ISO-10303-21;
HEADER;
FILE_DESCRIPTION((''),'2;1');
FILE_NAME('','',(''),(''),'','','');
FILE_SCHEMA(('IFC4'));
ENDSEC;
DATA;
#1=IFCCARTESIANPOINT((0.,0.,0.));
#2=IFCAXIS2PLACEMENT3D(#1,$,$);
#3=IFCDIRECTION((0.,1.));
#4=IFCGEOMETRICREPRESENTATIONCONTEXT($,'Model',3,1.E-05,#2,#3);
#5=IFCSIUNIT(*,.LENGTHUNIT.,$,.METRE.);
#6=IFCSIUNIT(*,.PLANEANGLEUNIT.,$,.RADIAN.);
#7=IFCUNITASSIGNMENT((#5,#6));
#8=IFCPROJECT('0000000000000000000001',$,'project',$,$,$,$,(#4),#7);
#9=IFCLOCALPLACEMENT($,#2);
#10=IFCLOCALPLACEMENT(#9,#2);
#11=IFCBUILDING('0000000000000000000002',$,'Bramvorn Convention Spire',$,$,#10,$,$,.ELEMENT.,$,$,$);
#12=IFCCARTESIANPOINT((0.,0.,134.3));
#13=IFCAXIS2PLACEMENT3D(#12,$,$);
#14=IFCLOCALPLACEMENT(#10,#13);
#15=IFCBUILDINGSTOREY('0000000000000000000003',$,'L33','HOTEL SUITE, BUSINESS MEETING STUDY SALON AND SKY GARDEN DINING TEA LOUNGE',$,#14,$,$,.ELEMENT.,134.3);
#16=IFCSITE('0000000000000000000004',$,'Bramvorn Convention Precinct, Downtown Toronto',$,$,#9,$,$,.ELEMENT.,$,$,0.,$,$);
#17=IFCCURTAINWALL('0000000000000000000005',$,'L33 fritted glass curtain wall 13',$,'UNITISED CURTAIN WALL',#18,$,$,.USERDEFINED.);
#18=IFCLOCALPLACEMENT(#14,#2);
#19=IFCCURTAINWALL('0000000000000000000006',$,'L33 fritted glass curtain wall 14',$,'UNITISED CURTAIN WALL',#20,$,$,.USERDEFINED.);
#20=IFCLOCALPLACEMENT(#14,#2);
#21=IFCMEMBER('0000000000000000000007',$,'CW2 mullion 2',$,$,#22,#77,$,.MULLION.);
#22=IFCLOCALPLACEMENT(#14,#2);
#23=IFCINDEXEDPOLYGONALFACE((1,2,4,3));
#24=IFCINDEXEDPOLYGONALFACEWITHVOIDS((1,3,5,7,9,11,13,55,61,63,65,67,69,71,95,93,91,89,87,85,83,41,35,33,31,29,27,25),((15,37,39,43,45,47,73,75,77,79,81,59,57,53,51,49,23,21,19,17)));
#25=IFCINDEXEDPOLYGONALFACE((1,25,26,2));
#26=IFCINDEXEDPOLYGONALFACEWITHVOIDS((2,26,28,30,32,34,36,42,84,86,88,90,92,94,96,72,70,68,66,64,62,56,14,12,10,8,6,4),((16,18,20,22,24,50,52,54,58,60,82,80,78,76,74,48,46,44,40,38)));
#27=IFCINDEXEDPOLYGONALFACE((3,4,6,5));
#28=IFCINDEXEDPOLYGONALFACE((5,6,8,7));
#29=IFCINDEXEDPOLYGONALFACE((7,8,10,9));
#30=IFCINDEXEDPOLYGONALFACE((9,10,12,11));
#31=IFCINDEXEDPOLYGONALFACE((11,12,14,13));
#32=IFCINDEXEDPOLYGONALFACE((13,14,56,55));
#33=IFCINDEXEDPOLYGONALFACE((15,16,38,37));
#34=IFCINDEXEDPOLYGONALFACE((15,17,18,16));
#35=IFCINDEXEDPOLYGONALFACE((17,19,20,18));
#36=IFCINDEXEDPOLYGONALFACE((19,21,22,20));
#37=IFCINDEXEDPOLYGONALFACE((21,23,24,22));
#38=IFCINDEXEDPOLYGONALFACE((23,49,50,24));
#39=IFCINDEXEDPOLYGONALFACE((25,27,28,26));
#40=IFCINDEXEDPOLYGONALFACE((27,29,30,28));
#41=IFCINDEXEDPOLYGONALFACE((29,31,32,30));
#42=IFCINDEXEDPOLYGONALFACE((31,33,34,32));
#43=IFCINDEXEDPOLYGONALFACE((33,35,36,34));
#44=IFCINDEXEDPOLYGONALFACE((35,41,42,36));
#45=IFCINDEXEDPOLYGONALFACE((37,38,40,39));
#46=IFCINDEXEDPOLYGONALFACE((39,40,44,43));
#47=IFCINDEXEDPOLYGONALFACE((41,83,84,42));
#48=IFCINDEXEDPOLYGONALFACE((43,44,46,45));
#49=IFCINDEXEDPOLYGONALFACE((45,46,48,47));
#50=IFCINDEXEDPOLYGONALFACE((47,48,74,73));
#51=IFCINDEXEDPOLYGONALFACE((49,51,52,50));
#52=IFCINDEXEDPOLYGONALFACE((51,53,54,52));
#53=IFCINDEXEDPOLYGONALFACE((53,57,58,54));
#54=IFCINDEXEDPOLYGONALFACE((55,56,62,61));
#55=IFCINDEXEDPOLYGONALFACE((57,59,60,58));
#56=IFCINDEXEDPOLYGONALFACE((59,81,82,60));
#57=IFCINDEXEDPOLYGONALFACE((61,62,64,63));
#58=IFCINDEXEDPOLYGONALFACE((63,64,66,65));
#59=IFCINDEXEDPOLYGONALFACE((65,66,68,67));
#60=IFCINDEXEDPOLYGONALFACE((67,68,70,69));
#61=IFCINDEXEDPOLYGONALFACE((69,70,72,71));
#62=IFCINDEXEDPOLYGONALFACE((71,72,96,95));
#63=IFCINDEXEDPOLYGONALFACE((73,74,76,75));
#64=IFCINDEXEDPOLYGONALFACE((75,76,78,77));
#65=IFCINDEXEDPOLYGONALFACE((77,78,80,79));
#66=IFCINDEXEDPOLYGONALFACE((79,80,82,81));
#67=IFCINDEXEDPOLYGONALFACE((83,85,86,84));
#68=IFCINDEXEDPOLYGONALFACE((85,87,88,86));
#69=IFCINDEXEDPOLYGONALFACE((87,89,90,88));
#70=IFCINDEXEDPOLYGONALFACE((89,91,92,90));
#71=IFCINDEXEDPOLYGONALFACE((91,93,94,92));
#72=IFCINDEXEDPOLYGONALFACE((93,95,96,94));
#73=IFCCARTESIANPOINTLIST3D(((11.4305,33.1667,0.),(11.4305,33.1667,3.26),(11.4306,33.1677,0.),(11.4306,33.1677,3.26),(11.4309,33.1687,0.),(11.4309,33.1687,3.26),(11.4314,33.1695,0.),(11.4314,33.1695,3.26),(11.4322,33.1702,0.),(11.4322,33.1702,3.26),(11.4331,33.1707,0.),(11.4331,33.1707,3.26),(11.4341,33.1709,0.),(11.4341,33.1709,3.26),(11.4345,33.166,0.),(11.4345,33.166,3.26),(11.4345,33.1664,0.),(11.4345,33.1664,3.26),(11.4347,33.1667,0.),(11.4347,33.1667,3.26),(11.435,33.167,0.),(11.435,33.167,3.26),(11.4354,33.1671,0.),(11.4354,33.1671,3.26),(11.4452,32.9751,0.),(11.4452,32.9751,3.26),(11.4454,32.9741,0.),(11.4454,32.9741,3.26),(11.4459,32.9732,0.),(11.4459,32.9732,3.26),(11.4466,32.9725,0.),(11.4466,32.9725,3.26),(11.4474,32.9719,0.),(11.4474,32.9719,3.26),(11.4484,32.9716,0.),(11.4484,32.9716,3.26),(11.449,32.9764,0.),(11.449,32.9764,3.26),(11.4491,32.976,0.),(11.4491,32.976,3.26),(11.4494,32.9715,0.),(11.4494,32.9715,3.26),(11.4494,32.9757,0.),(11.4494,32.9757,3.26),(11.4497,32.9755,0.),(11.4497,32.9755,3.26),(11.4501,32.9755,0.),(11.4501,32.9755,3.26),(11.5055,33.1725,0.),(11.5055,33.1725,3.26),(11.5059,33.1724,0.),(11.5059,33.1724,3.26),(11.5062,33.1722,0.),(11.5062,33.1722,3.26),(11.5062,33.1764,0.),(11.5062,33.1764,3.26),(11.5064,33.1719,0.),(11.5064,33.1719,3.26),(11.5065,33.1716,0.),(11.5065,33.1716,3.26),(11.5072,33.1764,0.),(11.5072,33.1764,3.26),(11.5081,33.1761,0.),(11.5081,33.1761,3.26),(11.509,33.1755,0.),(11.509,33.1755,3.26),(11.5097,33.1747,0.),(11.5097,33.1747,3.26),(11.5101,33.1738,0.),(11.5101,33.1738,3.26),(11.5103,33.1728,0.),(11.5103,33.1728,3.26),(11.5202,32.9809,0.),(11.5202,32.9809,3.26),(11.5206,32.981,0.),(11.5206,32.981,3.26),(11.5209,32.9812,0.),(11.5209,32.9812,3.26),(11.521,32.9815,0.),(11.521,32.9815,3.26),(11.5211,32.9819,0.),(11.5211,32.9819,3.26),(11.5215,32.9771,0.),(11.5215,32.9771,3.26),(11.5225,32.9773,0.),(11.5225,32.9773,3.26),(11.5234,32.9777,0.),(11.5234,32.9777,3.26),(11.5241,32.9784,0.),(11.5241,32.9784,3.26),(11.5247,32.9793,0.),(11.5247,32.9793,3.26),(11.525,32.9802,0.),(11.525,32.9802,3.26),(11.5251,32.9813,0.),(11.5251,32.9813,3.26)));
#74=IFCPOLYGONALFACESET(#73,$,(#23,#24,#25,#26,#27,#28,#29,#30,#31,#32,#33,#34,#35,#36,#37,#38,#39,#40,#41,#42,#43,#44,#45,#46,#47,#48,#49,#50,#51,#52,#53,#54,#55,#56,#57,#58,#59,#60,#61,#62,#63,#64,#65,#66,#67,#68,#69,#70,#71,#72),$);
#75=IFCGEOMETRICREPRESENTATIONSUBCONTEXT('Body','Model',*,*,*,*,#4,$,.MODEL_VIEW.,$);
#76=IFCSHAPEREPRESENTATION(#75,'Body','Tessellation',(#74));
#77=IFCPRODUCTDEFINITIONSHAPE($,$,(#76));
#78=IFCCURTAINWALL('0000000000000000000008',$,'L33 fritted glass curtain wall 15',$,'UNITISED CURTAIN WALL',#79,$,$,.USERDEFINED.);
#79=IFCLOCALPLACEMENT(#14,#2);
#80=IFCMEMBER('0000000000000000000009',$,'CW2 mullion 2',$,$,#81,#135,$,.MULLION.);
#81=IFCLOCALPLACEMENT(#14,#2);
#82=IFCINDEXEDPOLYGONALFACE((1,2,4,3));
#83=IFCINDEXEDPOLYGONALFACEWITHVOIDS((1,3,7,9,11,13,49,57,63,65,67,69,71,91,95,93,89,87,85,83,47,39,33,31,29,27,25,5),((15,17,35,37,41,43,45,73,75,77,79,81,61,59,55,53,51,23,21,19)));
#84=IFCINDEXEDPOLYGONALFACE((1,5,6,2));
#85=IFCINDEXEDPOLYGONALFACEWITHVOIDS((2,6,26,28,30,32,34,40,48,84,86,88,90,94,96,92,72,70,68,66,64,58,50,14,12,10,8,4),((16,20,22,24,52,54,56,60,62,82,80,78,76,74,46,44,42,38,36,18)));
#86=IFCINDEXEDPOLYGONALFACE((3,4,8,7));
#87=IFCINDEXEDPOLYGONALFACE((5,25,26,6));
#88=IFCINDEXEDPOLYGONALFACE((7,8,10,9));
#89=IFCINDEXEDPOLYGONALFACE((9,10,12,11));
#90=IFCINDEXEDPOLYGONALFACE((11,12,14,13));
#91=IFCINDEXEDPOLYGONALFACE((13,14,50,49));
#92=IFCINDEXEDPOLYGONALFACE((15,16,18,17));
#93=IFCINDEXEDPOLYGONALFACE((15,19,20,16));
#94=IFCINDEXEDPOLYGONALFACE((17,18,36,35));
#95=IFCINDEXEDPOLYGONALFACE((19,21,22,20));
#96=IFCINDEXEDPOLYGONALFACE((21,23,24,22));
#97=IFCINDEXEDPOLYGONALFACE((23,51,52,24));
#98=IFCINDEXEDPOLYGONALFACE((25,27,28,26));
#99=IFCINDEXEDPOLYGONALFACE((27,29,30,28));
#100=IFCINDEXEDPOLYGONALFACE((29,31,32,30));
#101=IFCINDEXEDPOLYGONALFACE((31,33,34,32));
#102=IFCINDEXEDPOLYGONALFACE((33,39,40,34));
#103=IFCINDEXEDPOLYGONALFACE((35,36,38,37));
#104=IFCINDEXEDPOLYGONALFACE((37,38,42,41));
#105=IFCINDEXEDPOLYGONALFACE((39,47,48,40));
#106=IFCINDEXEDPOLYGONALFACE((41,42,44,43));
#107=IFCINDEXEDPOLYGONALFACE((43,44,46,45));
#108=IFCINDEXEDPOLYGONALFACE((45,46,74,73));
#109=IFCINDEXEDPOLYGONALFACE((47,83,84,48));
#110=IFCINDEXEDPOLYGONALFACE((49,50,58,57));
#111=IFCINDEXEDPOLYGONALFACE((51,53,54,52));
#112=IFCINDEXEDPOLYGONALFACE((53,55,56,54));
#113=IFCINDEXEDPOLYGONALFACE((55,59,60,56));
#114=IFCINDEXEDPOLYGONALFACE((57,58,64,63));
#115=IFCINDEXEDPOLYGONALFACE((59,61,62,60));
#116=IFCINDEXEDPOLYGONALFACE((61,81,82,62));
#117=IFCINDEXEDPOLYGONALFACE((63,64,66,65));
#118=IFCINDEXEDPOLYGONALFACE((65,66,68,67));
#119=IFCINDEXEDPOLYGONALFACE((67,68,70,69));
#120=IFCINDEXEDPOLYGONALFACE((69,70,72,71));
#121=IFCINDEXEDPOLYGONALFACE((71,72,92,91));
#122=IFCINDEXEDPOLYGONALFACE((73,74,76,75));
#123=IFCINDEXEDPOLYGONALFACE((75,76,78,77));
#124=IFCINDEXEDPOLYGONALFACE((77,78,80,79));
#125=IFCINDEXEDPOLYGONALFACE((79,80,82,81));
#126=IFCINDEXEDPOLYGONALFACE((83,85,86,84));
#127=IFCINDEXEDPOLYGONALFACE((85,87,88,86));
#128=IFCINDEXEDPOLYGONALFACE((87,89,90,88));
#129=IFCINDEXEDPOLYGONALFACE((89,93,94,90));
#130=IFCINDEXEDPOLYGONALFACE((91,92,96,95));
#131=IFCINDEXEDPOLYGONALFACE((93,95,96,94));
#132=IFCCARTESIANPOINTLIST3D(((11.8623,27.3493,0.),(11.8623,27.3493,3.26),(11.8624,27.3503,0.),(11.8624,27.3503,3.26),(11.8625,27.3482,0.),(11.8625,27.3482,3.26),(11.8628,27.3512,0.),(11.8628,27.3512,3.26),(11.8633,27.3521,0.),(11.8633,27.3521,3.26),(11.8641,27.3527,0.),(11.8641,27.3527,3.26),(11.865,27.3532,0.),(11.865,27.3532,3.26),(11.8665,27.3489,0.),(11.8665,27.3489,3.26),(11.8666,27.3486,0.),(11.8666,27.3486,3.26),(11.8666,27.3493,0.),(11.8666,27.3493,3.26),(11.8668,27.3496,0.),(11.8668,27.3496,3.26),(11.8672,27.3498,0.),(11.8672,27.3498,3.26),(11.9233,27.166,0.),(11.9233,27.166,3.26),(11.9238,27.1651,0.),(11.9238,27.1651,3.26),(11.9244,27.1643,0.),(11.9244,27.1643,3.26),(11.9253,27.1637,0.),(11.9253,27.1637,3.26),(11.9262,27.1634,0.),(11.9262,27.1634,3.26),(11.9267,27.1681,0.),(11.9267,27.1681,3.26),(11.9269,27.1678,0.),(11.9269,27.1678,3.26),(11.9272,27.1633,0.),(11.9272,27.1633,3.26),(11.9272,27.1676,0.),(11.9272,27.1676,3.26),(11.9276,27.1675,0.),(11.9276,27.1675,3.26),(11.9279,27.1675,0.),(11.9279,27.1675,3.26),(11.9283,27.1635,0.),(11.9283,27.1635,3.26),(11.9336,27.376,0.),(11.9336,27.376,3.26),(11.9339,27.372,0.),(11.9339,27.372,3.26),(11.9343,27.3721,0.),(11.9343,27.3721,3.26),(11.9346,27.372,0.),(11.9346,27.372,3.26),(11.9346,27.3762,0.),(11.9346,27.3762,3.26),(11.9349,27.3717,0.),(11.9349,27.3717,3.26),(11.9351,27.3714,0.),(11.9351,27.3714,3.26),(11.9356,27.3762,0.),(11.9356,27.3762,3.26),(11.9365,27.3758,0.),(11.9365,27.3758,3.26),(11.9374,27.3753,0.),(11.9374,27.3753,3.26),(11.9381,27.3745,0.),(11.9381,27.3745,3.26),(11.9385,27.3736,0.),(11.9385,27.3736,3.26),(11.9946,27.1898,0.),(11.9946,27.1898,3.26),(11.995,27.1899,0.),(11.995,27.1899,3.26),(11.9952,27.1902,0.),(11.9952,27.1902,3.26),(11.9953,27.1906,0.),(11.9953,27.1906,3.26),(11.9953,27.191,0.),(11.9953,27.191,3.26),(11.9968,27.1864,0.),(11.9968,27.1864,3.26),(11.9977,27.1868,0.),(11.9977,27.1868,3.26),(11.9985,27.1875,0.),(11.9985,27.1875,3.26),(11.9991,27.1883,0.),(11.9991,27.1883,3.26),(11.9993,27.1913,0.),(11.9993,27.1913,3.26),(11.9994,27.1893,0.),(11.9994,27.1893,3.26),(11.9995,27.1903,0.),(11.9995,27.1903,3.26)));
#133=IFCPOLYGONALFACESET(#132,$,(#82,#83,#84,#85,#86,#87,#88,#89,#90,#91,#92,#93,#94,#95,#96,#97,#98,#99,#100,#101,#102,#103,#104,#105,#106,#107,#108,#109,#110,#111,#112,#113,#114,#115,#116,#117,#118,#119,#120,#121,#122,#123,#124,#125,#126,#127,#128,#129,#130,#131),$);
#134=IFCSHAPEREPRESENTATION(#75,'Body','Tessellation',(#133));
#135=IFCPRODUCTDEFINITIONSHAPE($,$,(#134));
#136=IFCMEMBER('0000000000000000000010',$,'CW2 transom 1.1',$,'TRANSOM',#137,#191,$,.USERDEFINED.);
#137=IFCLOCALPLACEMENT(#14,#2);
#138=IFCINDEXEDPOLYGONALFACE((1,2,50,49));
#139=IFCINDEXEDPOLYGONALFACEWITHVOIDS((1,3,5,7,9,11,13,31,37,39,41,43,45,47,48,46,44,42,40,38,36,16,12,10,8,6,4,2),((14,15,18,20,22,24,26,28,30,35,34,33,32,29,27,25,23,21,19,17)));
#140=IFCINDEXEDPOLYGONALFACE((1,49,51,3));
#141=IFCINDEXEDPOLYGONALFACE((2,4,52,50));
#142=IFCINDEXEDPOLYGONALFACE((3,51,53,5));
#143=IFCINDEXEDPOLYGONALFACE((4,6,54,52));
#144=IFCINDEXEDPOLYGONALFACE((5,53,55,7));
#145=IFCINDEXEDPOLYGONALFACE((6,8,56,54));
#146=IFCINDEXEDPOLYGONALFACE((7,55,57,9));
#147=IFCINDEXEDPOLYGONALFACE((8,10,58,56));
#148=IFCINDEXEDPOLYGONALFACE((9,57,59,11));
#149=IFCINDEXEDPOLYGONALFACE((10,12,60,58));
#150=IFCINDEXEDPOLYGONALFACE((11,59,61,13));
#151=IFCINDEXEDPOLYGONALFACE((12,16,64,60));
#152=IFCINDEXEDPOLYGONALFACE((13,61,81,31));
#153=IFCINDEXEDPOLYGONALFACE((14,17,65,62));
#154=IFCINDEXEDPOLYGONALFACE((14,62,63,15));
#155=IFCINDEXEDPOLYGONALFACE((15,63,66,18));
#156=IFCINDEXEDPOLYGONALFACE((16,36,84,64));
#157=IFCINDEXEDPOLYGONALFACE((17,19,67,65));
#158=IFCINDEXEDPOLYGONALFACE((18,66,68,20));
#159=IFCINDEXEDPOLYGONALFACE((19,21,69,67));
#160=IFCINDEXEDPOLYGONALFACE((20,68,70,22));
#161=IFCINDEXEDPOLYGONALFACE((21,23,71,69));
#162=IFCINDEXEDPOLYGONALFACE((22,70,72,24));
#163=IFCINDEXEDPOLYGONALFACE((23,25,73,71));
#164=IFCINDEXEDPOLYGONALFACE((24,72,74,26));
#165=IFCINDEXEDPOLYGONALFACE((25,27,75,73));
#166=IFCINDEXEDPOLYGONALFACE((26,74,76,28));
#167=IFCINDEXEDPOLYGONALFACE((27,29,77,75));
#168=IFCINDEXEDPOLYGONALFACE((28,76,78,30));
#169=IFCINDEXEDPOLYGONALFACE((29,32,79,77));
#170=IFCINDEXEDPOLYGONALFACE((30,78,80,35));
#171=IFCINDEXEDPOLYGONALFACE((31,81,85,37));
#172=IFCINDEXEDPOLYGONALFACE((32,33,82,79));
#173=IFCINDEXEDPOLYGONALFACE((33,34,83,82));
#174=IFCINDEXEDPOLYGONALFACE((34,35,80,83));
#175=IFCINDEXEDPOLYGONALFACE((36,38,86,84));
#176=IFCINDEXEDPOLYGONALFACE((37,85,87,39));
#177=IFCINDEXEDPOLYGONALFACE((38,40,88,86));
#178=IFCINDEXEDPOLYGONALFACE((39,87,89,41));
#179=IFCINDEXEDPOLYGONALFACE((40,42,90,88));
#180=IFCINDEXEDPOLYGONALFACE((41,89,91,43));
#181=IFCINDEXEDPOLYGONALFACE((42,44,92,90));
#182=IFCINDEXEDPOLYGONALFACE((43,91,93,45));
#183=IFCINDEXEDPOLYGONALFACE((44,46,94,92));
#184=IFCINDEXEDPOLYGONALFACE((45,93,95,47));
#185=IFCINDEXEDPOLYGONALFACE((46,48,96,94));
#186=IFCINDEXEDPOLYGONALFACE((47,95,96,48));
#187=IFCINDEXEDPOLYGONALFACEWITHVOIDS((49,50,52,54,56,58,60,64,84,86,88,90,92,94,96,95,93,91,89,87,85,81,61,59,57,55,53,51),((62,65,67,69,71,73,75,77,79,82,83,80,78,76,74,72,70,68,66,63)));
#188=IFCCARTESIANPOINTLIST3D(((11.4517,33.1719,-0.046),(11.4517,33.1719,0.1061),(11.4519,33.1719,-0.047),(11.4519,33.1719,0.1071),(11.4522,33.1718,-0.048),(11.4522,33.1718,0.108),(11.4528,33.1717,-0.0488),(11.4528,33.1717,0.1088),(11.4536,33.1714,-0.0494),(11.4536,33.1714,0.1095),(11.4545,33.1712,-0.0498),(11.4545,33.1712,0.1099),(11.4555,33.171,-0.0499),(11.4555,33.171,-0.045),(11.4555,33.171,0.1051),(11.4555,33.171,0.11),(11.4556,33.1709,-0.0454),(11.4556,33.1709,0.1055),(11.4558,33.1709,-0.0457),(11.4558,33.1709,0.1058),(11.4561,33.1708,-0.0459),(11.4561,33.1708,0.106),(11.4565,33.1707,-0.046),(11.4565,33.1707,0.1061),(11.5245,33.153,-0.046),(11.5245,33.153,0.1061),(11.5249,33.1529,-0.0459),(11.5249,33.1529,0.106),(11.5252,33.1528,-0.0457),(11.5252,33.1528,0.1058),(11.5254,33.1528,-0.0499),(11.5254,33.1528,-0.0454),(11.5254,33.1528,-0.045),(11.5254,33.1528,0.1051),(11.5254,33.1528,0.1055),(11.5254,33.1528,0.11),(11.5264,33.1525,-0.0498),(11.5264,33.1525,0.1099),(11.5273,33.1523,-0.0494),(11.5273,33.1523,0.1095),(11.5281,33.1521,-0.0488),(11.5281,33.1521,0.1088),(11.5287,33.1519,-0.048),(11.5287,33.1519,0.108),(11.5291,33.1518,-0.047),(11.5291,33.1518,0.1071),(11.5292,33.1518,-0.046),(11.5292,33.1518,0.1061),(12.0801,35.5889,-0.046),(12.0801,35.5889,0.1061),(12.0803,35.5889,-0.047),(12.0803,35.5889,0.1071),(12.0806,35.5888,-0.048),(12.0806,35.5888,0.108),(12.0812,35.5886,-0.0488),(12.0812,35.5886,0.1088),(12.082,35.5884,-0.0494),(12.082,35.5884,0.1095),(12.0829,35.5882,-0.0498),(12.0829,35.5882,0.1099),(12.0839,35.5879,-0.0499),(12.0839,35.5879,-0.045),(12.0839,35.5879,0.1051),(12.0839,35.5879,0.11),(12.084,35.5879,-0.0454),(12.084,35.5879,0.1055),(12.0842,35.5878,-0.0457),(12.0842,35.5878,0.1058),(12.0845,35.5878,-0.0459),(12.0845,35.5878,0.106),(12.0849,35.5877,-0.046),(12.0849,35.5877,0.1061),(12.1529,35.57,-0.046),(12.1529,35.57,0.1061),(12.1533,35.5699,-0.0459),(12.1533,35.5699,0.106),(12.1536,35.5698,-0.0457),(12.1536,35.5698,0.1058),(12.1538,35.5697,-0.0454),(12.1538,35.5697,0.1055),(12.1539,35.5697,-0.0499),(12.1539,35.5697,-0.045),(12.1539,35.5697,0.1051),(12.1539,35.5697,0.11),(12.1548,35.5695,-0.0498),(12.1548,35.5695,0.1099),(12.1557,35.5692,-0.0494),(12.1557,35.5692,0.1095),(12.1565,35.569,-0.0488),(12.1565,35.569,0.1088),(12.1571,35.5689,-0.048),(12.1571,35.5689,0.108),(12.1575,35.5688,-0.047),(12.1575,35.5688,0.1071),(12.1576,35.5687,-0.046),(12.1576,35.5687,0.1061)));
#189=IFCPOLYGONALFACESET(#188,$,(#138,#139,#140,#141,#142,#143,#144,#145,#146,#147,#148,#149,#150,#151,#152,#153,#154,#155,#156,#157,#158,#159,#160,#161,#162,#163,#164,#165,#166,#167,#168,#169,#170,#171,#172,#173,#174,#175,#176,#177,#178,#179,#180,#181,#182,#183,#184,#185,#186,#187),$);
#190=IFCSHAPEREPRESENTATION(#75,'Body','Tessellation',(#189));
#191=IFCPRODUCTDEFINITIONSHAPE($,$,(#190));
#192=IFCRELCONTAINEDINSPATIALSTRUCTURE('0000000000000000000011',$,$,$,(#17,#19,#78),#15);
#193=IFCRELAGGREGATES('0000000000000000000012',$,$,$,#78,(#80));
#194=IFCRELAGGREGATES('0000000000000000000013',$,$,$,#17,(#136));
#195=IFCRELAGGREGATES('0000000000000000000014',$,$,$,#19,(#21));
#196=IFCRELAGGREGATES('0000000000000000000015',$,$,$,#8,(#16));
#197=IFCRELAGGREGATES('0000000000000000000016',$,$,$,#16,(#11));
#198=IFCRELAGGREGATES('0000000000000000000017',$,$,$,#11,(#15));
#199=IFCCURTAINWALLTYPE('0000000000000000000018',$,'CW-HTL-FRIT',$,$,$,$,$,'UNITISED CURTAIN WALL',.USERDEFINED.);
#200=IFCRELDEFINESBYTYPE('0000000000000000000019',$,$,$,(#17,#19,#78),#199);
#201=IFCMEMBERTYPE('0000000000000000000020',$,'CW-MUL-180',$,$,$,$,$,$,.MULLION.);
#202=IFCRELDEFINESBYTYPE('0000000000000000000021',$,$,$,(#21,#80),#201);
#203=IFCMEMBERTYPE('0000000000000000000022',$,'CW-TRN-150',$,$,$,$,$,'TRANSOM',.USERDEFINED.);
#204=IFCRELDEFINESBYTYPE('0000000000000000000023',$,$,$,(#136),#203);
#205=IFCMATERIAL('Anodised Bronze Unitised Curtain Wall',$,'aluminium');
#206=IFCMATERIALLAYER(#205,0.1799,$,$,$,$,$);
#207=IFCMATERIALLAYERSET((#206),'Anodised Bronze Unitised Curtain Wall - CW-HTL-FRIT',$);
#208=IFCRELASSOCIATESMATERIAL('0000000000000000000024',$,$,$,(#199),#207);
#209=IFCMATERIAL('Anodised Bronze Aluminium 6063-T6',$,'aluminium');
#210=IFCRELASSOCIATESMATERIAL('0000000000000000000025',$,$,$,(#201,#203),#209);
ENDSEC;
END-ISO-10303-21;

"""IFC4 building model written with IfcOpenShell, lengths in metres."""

from ifc_helpers import new_model, si_unit, direction, frame, origin, origin_2d, place, context, subcontext, project, spatial, hollow_rectangle, extrude, material, layer, layer_set, material_profile, profile_set, type_object, element, aggregate, save


model = new_model("IFC4")

# Units and contexts
model_context = context("Model", 3, precision=1e-05, world=origin(), true_north=direction((0.0, 1.0)))
body_context = subcontext(model_context, "Body", "Model", "MODEL_VIEW")
ifc_project = project(units=[si_unit("LENGTHUNIT", "METRE"), si_unit("PLANEANGLEUNIT", "RADIAN")], contexts=[model_context])

# Site, building, storey
site_placement = place(None, origin())
site = spatial("IfcSite", under=ifc_project, at=site_placement, Name="Bramvorn Convention Precinct, Downtown Toronto", CompositionType="ELEMENT", RefElevation=0.0)
building_placement = place(site_placement, origin())
building = spatial("IfcBuilding", under=site, at=building_placement, Name="Bramvorn Convention Spire", CompositionType="ELEMENT")
storey_placement = place(building_placement, frame((0.0, 0.0, 134.3)))
storey = spatial("IfcBuildingStorey", under=building, at=storey_placement, Name="L33", Description="HOTEL SUITE, BUSINESS MEETING STUDY SALON AND SKY GARDEN DINING TEA LOUNGE", CompositionType="ELEMENT", Elevation=134.3)

# Curtain walls, member
ifc_material_1 = material(Name="Anodised Bronze Unitised Curtain Wall", Category="aluminium")
ifc_layer_1 = layer(ifc_material_1, 0.1799)
ifc_layer_set_1 = layer_set([ifc_layer_1], Name="Anodised Bronze Unitised Curtain Wall - CW-HTL-FRIT")
curtain_wall_type = type_object("IfcCurtainWallType", Name="CW-HTL-FRIT", ElementType="UNITISED CURTAIN WALL", PredefinedType="USERDEFINED", material=ifc_layer_set_1)
curtain_wall_1_placement = place(storey_placement, origin())
curtain_wall_1 = element("IfcCurtainWall", 1, at=curtain_wall_1_placement, inside=storey, type_object=curtain_wall_type, Name="L33 fritted glass curtain wall 13", ObjectType="UNITISED CURTAIN WALL", PredefinedType="USERDEFINED")
ifc_material_2 = material(Name="Anodised Bronze Aluminium 6063-T6", Category="aluminium")
ifc_material_profile_1 = material_profile(ifc_material_2, hollow_rectangle(XDim=0.0801, YDim=0.2, WallThickness=0.0039, InnerFilletRadius=0.001, OuterFilletRadius=0.0039, at=origin_2d()))
ifc_profile_set_1 = profile_set([ifc_material_profile_1], Name="Anodised Bronze Aluminium 6063-T6 - CWM80X200")
member_type_1 = type_object("IfcMemberType", Name="CW-MUL-180", PredefinedType="MULLION", material=ifc_profile_set_1)
curtain_wall_2_placement = place(storey_placement, origin())
curtain_wall_2 = element("IfcCurtainWall", 2, at=curtain_wall_2_placement, inside=storey, type_object=curtain_wall_type, Name="L33 fritted glass curtain wall 14", ObjectType="UNITISED CURTAIN WALL", PredefinedType="USERDEFINED")
member_1_placement = place(storey_placement, frame((11.4778, 33.074, 0.0), z_axis=(0.0, 0.0, 1.0), x_axis=(-0.997064, -0.076578, 0.0)))
member_1 = element("IfcMember", 3, at=member_1_placement, type_object=member_type_1, Name="CW2 mullion 2", PredefinedType="MULLION", context=body_context, shape_type="SweptSolid", body=[
    extrude(hollow_rectangle(XDim=0.0801, YDim=0.2, WallThickness=0.0039, InnerFilletRadius=0.001, OuterFilletRadius=0.0039, at=origin_2d()), origin(), (0.0, 0.0, 1.0), 3.26),
])

# Curtain wall, member
curtain_wall_3_placement = place(storey_placement, origin())
curtain_wall_3 = element("IfcCurtainWall", 4, at=curtain_wall_3_placement, inside=storey, type_object=curtain_wall_type, Name="L33 fritted glass curtain wall 15", ObjectType="UNITISED CURTAIN WALL", PredefinedType="USERDEFINED")
member_2_placement = place(storey_placement, frame((11.9309, 27.2698, 0.0), z_axis=(0.0, 0.0, 1.0), x_axis=(-0.948667, -0.316277, 0.0)))
member_2 = element("IfcMember", 5, at=member_2_placement, type_object=member_type_1, Name="CW2 mullion 2", PredefinedType="MULLION", context=body_context, shape_type="SweptSolid", body=[
    extrude(hollow_rectangle(XDim=0.0801, YDim=0.2, WallThickness=0.0039, InnerFilletRadius=0.001, OuterFilletRadius=0.0039, at=origin_2d()), origin(), (0.0, 0.0, 1.0), 3.26),
])
aggregate(curtain_wall_3, [member_2])

# Member
ifc_material_profile_2 = material_profile(ifc_material_2, hollow_rectangle(XDim=0.0801, YDim=0.1599, WallThickness=0.0039, InnerFilletRadius=0.001, OuterFilletRadius=0.0039, at=origin_2d()))
ifc_profile_set_2 = profile_set([ifc_material_profile_2], Name="Anodised Bronze Aluminium 6063-T6 - CWT80X160")
member_type_2 = type_object("IfcMemberType", Name="CW-TRN-150", ElementType="TRANSOM", PredefinedType="USERDEFINED", material=ifc_profile_set_2)
member_3_placement = place(storey_placement, frame((11.4905, 33.1619, 0.03), z_axis=(0.251634, 0.967823, 0.0), x_axis=(-0.967823, 0.251634, 0.0)))
member_3 = element("IfcMember", 6, at=member_3_placement, type_object=member_type_2, Name="CW2 transom 1.1", ObjectType="TRANSOM", PredefinedType="USERDEFINED", context=body_context, shape_type="SweptSolid", body=[
    extrude(hollow_rectangle(XDim=0.0801, YDim=0.1599, WallThickness=0.0039, InnerFilletRadius=0.001, OuterFilletRadius=0.0039, at=origin_2d()), origin(), (0.0, 0.0, 1.0), 2.4973),
])

aggregate(curtain_wall_1, [member_3])
aggregate(curtain_wall_2, [member_1])

save(model, "model.ifc")
